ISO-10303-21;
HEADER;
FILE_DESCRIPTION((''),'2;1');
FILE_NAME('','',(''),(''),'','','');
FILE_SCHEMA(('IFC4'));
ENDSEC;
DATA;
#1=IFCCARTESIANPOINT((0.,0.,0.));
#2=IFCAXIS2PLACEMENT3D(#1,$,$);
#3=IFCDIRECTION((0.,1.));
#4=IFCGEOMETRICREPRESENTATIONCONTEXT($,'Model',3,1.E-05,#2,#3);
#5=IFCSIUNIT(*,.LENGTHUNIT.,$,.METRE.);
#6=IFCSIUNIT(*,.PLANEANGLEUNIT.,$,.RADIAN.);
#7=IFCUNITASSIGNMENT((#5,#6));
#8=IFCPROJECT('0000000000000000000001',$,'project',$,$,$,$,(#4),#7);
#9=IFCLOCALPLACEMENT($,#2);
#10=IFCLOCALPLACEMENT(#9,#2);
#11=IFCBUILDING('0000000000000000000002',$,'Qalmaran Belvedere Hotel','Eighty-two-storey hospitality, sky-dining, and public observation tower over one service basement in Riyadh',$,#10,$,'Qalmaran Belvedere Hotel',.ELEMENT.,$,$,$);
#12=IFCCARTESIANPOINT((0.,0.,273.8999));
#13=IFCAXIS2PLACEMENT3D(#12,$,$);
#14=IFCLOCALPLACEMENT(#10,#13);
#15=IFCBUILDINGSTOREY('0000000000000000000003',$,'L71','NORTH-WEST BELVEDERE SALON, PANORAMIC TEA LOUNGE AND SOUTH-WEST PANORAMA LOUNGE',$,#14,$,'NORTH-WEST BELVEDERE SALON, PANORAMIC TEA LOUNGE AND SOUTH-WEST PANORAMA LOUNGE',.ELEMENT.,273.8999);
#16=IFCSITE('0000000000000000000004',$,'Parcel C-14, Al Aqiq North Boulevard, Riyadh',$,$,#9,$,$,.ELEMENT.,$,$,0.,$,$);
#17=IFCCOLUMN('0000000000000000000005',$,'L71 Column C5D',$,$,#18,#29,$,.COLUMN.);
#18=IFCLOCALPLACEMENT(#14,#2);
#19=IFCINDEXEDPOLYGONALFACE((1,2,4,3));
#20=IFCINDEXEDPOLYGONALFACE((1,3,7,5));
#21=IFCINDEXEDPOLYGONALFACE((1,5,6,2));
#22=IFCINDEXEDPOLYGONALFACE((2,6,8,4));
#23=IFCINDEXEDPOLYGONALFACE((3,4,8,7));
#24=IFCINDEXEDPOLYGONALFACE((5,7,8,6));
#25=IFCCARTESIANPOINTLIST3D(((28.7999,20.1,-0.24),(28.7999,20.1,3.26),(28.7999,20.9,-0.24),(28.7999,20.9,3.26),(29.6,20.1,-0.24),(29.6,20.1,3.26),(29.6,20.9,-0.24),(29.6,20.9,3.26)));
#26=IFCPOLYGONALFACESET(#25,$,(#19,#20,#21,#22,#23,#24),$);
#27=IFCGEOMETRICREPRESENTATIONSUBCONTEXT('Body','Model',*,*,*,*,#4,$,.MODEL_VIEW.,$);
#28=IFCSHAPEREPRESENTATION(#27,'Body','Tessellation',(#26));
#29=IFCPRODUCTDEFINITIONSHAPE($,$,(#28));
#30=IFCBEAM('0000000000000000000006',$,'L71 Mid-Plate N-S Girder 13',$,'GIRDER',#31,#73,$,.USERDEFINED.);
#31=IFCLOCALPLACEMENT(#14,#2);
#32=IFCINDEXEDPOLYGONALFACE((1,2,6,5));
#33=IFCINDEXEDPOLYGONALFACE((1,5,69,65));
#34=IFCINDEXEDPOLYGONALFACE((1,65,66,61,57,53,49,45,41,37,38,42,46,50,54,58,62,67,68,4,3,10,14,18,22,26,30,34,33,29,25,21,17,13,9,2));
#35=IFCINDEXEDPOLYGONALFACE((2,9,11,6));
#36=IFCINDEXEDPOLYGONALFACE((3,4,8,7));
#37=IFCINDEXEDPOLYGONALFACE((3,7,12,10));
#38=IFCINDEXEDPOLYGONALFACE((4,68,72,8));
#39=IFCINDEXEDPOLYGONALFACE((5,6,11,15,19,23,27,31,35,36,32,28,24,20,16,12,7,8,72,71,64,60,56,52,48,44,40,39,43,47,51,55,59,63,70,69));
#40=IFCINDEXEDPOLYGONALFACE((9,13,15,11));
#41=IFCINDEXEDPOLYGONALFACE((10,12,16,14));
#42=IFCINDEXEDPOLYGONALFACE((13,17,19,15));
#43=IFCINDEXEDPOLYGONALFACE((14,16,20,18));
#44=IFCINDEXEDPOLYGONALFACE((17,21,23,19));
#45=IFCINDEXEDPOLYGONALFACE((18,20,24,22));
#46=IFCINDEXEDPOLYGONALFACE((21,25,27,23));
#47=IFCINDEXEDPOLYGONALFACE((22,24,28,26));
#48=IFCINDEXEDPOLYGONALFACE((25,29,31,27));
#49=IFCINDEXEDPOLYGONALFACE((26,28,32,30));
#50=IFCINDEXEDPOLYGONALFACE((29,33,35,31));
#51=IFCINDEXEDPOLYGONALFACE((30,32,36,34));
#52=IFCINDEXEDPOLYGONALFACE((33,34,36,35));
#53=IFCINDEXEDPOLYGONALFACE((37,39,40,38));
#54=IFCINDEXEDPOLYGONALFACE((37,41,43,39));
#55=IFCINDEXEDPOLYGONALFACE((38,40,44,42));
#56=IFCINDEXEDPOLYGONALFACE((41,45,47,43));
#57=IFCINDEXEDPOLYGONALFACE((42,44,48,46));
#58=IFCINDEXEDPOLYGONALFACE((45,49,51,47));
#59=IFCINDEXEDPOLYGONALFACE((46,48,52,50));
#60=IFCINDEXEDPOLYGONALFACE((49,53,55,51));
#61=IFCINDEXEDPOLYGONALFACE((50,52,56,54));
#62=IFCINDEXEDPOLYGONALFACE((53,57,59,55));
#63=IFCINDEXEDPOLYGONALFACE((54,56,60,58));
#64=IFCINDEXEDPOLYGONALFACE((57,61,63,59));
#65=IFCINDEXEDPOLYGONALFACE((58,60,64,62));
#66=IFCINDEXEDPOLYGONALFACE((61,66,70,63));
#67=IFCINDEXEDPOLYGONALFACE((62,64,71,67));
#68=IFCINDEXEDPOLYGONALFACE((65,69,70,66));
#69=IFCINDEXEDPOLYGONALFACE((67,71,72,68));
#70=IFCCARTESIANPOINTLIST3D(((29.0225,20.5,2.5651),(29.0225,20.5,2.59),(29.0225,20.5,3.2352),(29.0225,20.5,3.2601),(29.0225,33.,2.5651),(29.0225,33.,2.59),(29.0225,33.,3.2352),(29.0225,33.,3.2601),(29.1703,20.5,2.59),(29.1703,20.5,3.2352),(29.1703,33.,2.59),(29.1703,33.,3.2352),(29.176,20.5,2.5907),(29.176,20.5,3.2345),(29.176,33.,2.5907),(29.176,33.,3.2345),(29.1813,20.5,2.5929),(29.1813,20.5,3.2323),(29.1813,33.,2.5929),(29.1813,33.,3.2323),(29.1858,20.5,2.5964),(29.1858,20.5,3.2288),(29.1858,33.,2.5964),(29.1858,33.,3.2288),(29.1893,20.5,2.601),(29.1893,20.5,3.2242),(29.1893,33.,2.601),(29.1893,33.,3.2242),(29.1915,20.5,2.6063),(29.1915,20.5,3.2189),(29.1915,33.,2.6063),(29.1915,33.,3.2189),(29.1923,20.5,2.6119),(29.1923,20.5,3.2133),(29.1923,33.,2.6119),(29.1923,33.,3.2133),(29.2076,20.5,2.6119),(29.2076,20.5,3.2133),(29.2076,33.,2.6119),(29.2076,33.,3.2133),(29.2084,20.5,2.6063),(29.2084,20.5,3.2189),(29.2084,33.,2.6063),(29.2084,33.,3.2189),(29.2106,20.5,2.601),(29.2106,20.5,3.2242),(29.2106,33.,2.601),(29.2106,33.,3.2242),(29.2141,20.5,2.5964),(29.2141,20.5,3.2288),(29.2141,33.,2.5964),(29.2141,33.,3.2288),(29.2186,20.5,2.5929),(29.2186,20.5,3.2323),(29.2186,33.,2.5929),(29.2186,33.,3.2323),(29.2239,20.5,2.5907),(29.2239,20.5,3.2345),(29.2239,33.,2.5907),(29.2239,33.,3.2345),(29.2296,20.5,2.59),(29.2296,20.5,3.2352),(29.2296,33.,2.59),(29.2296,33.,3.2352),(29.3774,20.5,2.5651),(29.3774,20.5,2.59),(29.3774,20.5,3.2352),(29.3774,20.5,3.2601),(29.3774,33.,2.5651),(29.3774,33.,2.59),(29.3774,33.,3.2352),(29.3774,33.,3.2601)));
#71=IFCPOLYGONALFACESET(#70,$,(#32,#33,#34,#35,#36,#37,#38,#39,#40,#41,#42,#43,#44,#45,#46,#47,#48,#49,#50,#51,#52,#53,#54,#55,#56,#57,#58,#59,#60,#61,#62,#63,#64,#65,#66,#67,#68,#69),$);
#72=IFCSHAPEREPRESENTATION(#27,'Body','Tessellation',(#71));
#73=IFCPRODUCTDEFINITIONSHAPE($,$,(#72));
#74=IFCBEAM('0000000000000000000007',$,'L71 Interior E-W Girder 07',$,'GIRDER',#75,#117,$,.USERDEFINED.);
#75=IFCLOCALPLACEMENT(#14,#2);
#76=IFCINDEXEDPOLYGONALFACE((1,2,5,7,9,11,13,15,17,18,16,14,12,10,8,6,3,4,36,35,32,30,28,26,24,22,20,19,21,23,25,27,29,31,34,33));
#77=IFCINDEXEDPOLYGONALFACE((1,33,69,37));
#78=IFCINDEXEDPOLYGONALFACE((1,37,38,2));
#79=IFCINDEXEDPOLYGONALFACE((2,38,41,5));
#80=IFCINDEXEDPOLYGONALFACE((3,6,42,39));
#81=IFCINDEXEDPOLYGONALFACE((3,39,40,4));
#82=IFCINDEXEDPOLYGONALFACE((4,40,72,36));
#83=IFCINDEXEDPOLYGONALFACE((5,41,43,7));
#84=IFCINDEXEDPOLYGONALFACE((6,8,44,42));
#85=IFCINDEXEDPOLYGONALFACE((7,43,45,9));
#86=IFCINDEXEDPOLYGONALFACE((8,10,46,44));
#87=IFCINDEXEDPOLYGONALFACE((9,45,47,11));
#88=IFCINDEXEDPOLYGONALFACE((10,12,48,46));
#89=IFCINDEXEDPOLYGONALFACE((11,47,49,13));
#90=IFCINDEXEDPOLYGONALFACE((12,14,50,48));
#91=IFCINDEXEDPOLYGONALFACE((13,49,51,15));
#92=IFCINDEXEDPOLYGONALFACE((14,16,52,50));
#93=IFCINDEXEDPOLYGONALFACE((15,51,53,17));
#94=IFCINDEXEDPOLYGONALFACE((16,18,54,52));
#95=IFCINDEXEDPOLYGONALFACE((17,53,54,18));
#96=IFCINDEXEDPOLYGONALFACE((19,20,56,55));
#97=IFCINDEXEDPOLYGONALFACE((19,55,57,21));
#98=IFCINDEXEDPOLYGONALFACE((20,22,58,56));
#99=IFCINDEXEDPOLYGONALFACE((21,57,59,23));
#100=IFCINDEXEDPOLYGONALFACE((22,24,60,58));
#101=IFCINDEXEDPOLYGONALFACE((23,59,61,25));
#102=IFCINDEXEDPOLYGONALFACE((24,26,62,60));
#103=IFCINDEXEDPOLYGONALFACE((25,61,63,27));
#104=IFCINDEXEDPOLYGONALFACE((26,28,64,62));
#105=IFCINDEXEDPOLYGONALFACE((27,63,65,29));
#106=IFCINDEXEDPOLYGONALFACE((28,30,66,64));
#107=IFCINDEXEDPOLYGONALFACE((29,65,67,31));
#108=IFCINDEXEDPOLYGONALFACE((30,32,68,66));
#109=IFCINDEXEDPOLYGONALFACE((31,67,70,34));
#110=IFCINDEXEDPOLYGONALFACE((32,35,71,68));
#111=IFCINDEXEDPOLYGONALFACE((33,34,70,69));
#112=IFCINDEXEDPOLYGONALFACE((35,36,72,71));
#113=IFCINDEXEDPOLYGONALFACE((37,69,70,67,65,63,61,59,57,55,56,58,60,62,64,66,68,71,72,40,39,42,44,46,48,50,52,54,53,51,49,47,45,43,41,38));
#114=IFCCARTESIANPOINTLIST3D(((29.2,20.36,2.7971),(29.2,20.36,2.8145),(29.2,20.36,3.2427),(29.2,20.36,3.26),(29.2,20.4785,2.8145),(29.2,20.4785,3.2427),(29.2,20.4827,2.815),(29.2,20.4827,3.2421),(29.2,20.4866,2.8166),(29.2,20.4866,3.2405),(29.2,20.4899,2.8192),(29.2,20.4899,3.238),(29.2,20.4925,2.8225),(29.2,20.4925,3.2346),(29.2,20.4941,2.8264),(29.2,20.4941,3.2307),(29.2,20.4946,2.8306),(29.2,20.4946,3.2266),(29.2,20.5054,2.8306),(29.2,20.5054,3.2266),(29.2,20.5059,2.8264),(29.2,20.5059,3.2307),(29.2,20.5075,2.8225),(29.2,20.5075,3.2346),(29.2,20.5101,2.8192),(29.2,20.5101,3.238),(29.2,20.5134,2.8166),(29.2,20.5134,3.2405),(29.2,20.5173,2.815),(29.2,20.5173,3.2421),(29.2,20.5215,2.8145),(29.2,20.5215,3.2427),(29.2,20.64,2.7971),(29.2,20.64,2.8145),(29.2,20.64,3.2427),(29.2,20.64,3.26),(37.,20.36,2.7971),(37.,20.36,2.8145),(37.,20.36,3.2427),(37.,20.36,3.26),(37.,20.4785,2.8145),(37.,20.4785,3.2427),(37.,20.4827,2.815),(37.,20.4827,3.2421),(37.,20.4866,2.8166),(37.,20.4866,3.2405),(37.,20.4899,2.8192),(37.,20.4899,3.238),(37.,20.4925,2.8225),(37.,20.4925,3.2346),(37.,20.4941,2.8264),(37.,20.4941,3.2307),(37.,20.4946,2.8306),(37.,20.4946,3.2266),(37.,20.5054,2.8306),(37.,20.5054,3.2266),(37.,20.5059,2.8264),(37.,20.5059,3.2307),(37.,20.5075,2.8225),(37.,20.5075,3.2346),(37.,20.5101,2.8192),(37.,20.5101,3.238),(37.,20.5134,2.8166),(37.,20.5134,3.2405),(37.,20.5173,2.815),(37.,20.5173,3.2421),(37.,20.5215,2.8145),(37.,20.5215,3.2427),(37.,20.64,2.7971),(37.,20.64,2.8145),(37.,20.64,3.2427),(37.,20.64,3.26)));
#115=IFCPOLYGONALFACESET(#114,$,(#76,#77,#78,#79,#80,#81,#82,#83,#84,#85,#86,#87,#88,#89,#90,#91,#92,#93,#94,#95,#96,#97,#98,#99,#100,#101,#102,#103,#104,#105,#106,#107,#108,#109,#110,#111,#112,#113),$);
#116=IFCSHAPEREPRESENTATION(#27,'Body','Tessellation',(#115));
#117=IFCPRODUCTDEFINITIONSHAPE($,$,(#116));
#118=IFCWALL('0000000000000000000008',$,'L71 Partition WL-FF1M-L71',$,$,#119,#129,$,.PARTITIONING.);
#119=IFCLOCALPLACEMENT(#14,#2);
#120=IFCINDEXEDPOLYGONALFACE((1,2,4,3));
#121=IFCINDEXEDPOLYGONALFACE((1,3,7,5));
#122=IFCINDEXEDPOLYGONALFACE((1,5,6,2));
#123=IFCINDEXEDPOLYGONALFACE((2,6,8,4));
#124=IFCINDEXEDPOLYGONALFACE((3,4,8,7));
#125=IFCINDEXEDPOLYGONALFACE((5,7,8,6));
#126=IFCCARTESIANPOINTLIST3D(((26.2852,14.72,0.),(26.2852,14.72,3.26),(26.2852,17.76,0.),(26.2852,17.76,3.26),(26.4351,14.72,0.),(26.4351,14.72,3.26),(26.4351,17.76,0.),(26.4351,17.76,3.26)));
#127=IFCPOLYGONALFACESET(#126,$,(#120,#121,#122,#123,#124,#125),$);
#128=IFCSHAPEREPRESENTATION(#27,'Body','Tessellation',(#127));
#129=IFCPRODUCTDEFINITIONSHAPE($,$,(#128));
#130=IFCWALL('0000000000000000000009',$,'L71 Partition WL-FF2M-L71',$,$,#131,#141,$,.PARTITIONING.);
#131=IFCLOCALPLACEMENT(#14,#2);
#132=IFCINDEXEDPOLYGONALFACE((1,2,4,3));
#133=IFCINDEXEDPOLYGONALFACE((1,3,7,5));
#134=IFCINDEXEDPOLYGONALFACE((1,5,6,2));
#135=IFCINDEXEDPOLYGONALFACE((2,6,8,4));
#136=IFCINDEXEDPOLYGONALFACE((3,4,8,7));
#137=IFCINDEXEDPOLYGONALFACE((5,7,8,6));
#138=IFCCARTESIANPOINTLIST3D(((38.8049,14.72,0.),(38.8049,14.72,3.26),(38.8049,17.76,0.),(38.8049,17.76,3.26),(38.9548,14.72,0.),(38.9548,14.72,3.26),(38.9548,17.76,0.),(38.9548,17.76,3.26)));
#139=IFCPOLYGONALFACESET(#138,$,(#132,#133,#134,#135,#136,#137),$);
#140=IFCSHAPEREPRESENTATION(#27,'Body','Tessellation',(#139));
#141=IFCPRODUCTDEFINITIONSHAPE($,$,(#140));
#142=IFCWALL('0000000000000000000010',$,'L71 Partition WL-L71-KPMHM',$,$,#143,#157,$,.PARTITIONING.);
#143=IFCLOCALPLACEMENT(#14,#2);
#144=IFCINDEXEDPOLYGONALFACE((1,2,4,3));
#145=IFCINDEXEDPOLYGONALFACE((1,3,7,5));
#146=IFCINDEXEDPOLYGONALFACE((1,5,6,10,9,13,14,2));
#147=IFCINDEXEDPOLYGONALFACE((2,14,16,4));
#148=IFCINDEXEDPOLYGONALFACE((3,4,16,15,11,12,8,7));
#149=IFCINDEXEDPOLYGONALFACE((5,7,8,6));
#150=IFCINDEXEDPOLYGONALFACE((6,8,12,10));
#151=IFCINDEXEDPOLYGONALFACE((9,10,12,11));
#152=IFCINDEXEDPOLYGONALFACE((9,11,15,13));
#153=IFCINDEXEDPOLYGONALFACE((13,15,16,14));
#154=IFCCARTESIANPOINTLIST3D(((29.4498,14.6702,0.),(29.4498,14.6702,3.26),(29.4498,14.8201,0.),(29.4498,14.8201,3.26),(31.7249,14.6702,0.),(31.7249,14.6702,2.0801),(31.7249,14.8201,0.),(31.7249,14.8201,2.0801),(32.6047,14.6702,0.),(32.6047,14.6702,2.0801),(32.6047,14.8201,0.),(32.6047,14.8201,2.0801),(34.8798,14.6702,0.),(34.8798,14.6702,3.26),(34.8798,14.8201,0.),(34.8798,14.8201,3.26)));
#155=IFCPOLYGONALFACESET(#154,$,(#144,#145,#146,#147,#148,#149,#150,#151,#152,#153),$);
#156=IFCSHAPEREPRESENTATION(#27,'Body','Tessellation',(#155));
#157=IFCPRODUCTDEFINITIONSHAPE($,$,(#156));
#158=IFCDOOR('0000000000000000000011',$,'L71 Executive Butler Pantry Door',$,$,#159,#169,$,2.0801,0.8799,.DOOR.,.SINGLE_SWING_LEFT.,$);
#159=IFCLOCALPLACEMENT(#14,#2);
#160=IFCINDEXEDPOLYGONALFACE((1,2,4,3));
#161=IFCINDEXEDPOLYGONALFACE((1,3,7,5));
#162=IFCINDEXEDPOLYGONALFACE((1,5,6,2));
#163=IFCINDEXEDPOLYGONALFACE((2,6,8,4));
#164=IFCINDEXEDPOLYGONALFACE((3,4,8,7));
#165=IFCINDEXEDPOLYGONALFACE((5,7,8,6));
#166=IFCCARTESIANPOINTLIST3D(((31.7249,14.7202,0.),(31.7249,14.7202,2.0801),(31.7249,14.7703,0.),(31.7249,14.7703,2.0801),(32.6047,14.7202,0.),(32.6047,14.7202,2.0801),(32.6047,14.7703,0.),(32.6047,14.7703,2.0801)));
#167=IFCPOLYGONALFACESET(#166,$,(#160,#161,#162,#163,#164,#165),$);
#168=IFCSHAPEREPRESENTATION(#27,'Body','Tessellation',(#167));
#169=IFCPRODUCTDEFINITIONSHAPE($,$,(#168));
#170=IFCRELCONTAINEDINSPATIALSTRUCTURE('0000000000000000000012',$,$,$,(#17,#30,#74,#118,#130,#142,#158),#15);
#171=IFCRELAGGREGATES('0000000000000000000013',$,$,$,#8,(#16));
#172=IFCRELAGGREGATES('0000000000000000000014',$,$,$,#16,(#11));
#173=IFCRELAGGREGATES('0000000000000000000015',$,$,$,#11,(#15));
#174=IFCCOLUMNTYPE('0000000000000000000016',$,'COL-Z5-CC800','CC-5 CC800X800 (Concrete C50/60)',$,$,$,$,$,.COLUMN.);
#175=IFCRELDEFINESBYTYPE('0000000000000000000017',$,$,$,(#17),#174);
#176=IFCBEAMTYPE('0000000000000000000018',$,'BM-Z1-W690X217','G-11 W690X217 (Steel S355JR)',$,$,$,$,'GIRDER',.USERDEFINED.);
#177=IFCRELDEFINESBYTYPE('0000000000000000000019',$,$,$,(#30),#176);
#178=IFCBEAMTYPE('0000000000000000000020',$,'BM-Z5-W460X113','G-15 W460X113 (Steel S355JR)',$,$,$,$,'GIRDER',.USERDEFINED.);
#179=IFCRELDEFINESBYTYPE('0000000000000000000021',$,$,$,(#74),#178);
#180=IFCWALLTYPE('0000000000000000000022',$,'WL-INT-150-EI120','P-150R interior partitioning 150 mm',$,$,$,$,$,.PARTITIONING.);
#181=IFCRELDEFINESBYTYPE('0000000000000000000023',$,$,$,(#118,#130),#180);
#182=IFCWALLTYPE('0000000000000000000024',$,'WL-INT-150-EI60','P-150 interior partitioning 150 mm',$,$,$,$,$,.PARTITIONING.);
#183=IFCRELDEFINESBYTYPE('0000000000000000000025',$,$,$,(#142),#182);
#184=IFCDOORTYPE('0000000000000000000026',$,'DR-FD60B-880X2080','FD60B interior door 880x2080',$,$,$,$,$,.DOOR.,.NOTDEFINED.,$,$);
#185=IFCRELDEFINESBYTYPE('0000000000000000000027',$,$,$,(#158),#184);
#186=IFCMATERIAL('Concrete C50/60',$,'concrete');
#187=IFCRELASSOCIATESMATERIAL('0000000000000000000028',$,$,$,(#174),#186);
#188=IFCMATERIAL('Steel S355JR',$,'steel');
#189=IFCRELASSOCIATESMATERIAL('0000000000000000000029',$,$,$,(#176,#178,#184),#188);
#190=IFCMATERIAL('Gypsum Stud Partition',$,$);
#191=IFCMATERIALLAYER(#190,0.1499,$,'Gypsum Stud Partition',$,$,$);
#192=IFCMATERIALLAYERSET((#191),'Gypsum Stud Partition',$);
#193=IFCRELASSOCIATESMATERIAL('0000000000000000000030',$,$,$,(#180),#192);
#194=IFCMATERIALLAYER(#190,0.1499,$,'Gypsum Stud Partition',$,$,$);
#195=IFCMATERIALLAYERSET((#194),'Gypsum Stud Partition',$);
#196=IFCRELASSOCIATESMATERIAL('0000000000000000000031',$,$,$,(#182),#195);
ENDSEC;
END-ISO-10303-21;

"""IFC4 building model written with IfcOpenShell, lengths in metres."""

from ifc_helpers import new_model, si_unit, direction, frame, frame_2d, origin, origin_2d, place, context, subcontext, project, spatial, rectangle, i_section, extrude, material, layer, layer_set, material_profile, profile_set, type_object, element, fill, save


model = new_model("IFC4")

# Units and contexts
model_context = context("Model", 3, precision=1e-05, world=origin(), true_north=direction((0.0, 1.0)))
body_context = subcontext(model_context, "Body", "Model", "MODEL_VIEW")
ifc_project = project(units=[si_unit("LENGTHUNIT", "METRE"), si_unit("PLANEANGLEUNIT", "RADIAN")], contexts=[model_context])

# Site, building, storey
site_placement = place(None, origin())
site = spatial("IfcSite", under=ifc_project, at=site_placement, Name="Parcel C-14, Al Aqiq North Boulevard, Riyadh", CompositionType="ELEMENT", RefElevation=0.0)
building_placement = place(site_placement, origin())
building = spatial("IfcBuilding", under=site, at=building_placement, Name="Qalmaran Belvedere Hotel", Description="Eighty-two-storey hospitality, sky-dining, and public observation tower over one service basement in Riyadh", LongName="Qalmaran Belvedere Hotel", CompositionType="ELEMENT")
storey_placement = place(building_placement, frame((0.0, 0.0, 273.8999)))
storey = spatial("IfcBuildingStorey", under=building, at=storey_placement, Name="L71", Description="NORTH-WEST BELVEDERE SALON, PANORAMIC TEA LOUNGE AND SOUTH-WEST PANORAMA LOUNGE", LongName="NORTH-WEST BELVEDERE SALON, PANORAMIC TEA LOUNGE AND SOUTH-WEST PANORAMA LOUNGE", CompositionType="ELEMENT", Elevation=273.8999)

# Column
ifc_material_1 = material(Name="Concrete C50/60", Category="concrete")
ifc_material_profile_1 = material_profile(ifc_material_1, rectangle(XDim=0.8, YDim=0.8, at=origin_2d()), Name="CC800X800")
ifc_profile_set_1 = profile_set([ifc_material_profile_1], Name="Concrete C50/60")
column_type = type_object("IfcColumnType", Name="COL-Z5-CC800", Description="CC-5 CC800X800 (Concrete C50/60)", PredefinedType="COLUMN", material=ifc_profile_set_1)
column_placement = place(storey_placement, frame((29.2, 20.5, -0.24), z_axis=(0.0, 0.0, 1.0), x_axis=(1.0, 0.0, 0.0)))
element("IfcColumn", 1, at=column_placement, inside=storey, type_object=column_type, Name="L71 Column C5D", PredefinedType="COLUMN", context=body_context, shape_type="SweptSolid", body=[
    extrude(rectangle(XDim=0.8, YDim=0.8, at=origin_2d()), origin(), (0.0, 0.0, 1.0), 3.5),
])

# Beams
ifc_material_2 = material(Name="Steel S355JR", Category="steel")
ifc_material_profile_2 = material_profile(ifc_material_2, i_section(OverallWidth=0.355, OverallDepth=0.6951, WebThickness=0.0154, FlangeThickness=0.0249, FilletRadius=0.022, at=origin_2d()), Name="W690X217")
ifc_profile_set_2 = profile_set([ifc_material_profile_2], Name="Steel S355JR")
beam_type_1 = type_object("IfcBeamType", Name="BM-Z1-W690X217", Description="G-11 W690X217 (Steel S355JR)", ElementType="GIRDER", PredefinedType="USERDEFINED", material=ifc_profile_set_2)
beam_1_placement = place(storey_placement, frame((29.2, 20.5, 2.9126), z_axis=(0.0, 1.0, 0.0), x_axis=(-1.0, 0.0, 0.0)))
element("IfcBeam", 2, at=beam_1_placement, inside=storey, type_object=beam_type_1, Name="L71 Mid-Plate N-S Girder 13", ObjectType="GIRDER", PredefinedType="USERDEFINED", context=body_context, shape_type="SweptSolid", body=[
    extrude(i_section(OverallWidth=0.355, OverallDepth=0.6951, WebThickness=0.0154, FlangeThickness=0.0249, FilletRadius=0.022, at=origin_2d()), origin(), (0.0, 0.0, 1.0), 12.5),
])
ifc_material_profile_3 = material_profile(ifc_material_2, i_section(OverallWidth=0.28, OverallDepth=0.4629, WebThickness=0.0107, FlangeThickness=0.0173, FilletRadius=0.0161, at=origin_2d()), Name="W460X113")
ifc_profile_set_3 = profile_set([ifc_material_profile_3], Name="Steel S355JR")
beam_type_2 = type_object("IfcBeamType", Name="BM-Z5-W460X113", Description="G-15 W460X113 (Steel S355JR)", ElementType="GIRDER", PredefinedType="USERDEFINED", material=ifc_profile_set_3)
beam_2_placement = place(storey_placement, frame((29.2, 20.5, 3.0286), z_axis=(1.0, 0.0, 0.0), x_axis=(0.0, 1.0, 0.0)))
element("IfcBeam", 3, at=beam_2_placement, inside=storey, type_object=beam_type_2, Name="L71 Interior E-W Girder 07", ObjectType="GIRDER", PredefinedType="USERDEFINED", context=body_context, shape_type="SweptSolid", body=[
    extrude(i_section(OverallWidth=0.28, OverallDepth=0.4629, WebThickness=0.0107, FlangeThickness=0.0173, FilletRadius=0.0161, at=origin_2d()), origin(), (0.0, 0.0, 1.0), 7.8),
])

# Walls
ifc_material_3 = material(Name="Gypsum Stud Partition")
ifc_layer_1 = layer(ifc_material_3, 0.1499, Name="Gypsum Stud Partition")
ifc_layer_set_1 = layer_set([ifc_layer_1], Name="Gypsum Stud Partition")
wall_type_1 = type_object("IfcWallType", Name="WL-INT-150-EI120", Description="P-150R interior partitioning 150 mm", PredefinedType="PARTITIONING", material=ifc_layer_set_1)
for number, where, z_axis, x_axis, name in (
    (4, (26.3601, 14.72, 0.0), (0.0, 0.0, 1.0), (0.0, 1.0, 0.0), "L71 Partition WL-FF1M-L71"),
    (5, (38.8799, 14.72, 0.0), (0.0, 0.0, 1.0), (0.0, 1.0, 0.0), "L71 Partition WL-FF2M-L71"),
):
    element("IfcWall", number, at=place(storey_placement, frame(where, z_axis=z_axis, x_axis=x_axis)), inside=storey, type_object=wall_type_1, Name=name, PredefinedType="PARTITIONING", context=body_context, shape_type="SweptSolid", body=[
        extrude(rectangle(XDim=3.04, YDim=0.1499, at=frame_2d((1.52, 0.0))), origin(), (0.0, 0.0, 1.0), 3.26),
    ])

# Wall, opening, door
ifc_layer_2 = layer(ifc_material_3, 0.1499, Name="Gypsum Stud Partition")
ifc_layer_set_2 = layer_set([ifc_layer_2], Name="Gypsum Stud Partition")
wall_type_2 = type_object("IfcWallType", Name="WL-INT-150-EI60", Description="P-150 interior partitioning 150 mm", PredefinedType="PARTITIONING", material=ifc_layer_set_2)
wall_1_placement = place(storey_placement, frame((29.45, 14.7451, 0.0), z_axis=(0.0, 0.0, 1.0), x_axis=(1.0, 0.0, 0.0)))
wall_1 = element("IfcWall", 6, at=wall_1_placement, inside=storey, type_object=wall_type_2, Name="L71 Partition WL-L71-KPMHM", PredefinedType="PARTITIONING", context=body_context, shape_type="SweptSolid", body=[
    extrude(rectangle(XDim=5.4299, YDim=0.1499, at=frame_2d((2.7148, 0.0))), origin(), (0.0, 0.0, 1.0), 3.26),
])
opening_1_placement = place(wall_1_placement, frame((3.1548, 0.0, 0.0), z_axis=(0.0, 0.0, 1.0), x_axis=(-1.0, 0.0, 0.0)))
opening_1 = element("IfcOpeningElement", 7, at=opening_1_placement, cuts=wall_1, PredefinedType="OPENING", context=body_context, shape_type="SweptSolid", body=[
    extrude(rectangle(XDim=0.8799, YDim=2.0801, at=frame_2d((0.4399, 1.04))), frame((0.0, 0.085, 0.0), z_axis=(0.0, -1.0, 0.0), x_axis=(1.0, 0.0, 0.0)), (0.0, 0.0, 1.0), 0.1699),
])
door_type_1 = type_object("IfcDoorType", Name="DR-FD60B-880X2080", Description="FD60B interior door 880x2080", OperationType="NOTDEFINED", PredefinedType="DOOR", material=ifc_material_2)
door_1_placement = place(opening_1_placement, origin())
door_1 = element("IfcDoor", 8, at=door_1_placement, inside=storey, type_object=door_type_1, Name="L71 Executive Butler Pantry Door", OperationType="SINGLE_SWING_LEFT", OverallHeight=2.0801, OverallWidth=0.8799, PredefinedType="DOOR", context=body_context, shape_type="SweptSolid", body=[
    extrude(rectangle(XDim=0.8799, YDim=2.0801, at=frame_2d((0.4399, 1.04))), frame((0.0, 0.0249, 0.0), z_axis=(0.0, -1.0, 0.0), x_axis=(1.0, 0.0, 0.0)), (0.0, 0.0, 1.0), 0.05),
])
fill(opening_1, door_1)

save(model, "model.ifc")
